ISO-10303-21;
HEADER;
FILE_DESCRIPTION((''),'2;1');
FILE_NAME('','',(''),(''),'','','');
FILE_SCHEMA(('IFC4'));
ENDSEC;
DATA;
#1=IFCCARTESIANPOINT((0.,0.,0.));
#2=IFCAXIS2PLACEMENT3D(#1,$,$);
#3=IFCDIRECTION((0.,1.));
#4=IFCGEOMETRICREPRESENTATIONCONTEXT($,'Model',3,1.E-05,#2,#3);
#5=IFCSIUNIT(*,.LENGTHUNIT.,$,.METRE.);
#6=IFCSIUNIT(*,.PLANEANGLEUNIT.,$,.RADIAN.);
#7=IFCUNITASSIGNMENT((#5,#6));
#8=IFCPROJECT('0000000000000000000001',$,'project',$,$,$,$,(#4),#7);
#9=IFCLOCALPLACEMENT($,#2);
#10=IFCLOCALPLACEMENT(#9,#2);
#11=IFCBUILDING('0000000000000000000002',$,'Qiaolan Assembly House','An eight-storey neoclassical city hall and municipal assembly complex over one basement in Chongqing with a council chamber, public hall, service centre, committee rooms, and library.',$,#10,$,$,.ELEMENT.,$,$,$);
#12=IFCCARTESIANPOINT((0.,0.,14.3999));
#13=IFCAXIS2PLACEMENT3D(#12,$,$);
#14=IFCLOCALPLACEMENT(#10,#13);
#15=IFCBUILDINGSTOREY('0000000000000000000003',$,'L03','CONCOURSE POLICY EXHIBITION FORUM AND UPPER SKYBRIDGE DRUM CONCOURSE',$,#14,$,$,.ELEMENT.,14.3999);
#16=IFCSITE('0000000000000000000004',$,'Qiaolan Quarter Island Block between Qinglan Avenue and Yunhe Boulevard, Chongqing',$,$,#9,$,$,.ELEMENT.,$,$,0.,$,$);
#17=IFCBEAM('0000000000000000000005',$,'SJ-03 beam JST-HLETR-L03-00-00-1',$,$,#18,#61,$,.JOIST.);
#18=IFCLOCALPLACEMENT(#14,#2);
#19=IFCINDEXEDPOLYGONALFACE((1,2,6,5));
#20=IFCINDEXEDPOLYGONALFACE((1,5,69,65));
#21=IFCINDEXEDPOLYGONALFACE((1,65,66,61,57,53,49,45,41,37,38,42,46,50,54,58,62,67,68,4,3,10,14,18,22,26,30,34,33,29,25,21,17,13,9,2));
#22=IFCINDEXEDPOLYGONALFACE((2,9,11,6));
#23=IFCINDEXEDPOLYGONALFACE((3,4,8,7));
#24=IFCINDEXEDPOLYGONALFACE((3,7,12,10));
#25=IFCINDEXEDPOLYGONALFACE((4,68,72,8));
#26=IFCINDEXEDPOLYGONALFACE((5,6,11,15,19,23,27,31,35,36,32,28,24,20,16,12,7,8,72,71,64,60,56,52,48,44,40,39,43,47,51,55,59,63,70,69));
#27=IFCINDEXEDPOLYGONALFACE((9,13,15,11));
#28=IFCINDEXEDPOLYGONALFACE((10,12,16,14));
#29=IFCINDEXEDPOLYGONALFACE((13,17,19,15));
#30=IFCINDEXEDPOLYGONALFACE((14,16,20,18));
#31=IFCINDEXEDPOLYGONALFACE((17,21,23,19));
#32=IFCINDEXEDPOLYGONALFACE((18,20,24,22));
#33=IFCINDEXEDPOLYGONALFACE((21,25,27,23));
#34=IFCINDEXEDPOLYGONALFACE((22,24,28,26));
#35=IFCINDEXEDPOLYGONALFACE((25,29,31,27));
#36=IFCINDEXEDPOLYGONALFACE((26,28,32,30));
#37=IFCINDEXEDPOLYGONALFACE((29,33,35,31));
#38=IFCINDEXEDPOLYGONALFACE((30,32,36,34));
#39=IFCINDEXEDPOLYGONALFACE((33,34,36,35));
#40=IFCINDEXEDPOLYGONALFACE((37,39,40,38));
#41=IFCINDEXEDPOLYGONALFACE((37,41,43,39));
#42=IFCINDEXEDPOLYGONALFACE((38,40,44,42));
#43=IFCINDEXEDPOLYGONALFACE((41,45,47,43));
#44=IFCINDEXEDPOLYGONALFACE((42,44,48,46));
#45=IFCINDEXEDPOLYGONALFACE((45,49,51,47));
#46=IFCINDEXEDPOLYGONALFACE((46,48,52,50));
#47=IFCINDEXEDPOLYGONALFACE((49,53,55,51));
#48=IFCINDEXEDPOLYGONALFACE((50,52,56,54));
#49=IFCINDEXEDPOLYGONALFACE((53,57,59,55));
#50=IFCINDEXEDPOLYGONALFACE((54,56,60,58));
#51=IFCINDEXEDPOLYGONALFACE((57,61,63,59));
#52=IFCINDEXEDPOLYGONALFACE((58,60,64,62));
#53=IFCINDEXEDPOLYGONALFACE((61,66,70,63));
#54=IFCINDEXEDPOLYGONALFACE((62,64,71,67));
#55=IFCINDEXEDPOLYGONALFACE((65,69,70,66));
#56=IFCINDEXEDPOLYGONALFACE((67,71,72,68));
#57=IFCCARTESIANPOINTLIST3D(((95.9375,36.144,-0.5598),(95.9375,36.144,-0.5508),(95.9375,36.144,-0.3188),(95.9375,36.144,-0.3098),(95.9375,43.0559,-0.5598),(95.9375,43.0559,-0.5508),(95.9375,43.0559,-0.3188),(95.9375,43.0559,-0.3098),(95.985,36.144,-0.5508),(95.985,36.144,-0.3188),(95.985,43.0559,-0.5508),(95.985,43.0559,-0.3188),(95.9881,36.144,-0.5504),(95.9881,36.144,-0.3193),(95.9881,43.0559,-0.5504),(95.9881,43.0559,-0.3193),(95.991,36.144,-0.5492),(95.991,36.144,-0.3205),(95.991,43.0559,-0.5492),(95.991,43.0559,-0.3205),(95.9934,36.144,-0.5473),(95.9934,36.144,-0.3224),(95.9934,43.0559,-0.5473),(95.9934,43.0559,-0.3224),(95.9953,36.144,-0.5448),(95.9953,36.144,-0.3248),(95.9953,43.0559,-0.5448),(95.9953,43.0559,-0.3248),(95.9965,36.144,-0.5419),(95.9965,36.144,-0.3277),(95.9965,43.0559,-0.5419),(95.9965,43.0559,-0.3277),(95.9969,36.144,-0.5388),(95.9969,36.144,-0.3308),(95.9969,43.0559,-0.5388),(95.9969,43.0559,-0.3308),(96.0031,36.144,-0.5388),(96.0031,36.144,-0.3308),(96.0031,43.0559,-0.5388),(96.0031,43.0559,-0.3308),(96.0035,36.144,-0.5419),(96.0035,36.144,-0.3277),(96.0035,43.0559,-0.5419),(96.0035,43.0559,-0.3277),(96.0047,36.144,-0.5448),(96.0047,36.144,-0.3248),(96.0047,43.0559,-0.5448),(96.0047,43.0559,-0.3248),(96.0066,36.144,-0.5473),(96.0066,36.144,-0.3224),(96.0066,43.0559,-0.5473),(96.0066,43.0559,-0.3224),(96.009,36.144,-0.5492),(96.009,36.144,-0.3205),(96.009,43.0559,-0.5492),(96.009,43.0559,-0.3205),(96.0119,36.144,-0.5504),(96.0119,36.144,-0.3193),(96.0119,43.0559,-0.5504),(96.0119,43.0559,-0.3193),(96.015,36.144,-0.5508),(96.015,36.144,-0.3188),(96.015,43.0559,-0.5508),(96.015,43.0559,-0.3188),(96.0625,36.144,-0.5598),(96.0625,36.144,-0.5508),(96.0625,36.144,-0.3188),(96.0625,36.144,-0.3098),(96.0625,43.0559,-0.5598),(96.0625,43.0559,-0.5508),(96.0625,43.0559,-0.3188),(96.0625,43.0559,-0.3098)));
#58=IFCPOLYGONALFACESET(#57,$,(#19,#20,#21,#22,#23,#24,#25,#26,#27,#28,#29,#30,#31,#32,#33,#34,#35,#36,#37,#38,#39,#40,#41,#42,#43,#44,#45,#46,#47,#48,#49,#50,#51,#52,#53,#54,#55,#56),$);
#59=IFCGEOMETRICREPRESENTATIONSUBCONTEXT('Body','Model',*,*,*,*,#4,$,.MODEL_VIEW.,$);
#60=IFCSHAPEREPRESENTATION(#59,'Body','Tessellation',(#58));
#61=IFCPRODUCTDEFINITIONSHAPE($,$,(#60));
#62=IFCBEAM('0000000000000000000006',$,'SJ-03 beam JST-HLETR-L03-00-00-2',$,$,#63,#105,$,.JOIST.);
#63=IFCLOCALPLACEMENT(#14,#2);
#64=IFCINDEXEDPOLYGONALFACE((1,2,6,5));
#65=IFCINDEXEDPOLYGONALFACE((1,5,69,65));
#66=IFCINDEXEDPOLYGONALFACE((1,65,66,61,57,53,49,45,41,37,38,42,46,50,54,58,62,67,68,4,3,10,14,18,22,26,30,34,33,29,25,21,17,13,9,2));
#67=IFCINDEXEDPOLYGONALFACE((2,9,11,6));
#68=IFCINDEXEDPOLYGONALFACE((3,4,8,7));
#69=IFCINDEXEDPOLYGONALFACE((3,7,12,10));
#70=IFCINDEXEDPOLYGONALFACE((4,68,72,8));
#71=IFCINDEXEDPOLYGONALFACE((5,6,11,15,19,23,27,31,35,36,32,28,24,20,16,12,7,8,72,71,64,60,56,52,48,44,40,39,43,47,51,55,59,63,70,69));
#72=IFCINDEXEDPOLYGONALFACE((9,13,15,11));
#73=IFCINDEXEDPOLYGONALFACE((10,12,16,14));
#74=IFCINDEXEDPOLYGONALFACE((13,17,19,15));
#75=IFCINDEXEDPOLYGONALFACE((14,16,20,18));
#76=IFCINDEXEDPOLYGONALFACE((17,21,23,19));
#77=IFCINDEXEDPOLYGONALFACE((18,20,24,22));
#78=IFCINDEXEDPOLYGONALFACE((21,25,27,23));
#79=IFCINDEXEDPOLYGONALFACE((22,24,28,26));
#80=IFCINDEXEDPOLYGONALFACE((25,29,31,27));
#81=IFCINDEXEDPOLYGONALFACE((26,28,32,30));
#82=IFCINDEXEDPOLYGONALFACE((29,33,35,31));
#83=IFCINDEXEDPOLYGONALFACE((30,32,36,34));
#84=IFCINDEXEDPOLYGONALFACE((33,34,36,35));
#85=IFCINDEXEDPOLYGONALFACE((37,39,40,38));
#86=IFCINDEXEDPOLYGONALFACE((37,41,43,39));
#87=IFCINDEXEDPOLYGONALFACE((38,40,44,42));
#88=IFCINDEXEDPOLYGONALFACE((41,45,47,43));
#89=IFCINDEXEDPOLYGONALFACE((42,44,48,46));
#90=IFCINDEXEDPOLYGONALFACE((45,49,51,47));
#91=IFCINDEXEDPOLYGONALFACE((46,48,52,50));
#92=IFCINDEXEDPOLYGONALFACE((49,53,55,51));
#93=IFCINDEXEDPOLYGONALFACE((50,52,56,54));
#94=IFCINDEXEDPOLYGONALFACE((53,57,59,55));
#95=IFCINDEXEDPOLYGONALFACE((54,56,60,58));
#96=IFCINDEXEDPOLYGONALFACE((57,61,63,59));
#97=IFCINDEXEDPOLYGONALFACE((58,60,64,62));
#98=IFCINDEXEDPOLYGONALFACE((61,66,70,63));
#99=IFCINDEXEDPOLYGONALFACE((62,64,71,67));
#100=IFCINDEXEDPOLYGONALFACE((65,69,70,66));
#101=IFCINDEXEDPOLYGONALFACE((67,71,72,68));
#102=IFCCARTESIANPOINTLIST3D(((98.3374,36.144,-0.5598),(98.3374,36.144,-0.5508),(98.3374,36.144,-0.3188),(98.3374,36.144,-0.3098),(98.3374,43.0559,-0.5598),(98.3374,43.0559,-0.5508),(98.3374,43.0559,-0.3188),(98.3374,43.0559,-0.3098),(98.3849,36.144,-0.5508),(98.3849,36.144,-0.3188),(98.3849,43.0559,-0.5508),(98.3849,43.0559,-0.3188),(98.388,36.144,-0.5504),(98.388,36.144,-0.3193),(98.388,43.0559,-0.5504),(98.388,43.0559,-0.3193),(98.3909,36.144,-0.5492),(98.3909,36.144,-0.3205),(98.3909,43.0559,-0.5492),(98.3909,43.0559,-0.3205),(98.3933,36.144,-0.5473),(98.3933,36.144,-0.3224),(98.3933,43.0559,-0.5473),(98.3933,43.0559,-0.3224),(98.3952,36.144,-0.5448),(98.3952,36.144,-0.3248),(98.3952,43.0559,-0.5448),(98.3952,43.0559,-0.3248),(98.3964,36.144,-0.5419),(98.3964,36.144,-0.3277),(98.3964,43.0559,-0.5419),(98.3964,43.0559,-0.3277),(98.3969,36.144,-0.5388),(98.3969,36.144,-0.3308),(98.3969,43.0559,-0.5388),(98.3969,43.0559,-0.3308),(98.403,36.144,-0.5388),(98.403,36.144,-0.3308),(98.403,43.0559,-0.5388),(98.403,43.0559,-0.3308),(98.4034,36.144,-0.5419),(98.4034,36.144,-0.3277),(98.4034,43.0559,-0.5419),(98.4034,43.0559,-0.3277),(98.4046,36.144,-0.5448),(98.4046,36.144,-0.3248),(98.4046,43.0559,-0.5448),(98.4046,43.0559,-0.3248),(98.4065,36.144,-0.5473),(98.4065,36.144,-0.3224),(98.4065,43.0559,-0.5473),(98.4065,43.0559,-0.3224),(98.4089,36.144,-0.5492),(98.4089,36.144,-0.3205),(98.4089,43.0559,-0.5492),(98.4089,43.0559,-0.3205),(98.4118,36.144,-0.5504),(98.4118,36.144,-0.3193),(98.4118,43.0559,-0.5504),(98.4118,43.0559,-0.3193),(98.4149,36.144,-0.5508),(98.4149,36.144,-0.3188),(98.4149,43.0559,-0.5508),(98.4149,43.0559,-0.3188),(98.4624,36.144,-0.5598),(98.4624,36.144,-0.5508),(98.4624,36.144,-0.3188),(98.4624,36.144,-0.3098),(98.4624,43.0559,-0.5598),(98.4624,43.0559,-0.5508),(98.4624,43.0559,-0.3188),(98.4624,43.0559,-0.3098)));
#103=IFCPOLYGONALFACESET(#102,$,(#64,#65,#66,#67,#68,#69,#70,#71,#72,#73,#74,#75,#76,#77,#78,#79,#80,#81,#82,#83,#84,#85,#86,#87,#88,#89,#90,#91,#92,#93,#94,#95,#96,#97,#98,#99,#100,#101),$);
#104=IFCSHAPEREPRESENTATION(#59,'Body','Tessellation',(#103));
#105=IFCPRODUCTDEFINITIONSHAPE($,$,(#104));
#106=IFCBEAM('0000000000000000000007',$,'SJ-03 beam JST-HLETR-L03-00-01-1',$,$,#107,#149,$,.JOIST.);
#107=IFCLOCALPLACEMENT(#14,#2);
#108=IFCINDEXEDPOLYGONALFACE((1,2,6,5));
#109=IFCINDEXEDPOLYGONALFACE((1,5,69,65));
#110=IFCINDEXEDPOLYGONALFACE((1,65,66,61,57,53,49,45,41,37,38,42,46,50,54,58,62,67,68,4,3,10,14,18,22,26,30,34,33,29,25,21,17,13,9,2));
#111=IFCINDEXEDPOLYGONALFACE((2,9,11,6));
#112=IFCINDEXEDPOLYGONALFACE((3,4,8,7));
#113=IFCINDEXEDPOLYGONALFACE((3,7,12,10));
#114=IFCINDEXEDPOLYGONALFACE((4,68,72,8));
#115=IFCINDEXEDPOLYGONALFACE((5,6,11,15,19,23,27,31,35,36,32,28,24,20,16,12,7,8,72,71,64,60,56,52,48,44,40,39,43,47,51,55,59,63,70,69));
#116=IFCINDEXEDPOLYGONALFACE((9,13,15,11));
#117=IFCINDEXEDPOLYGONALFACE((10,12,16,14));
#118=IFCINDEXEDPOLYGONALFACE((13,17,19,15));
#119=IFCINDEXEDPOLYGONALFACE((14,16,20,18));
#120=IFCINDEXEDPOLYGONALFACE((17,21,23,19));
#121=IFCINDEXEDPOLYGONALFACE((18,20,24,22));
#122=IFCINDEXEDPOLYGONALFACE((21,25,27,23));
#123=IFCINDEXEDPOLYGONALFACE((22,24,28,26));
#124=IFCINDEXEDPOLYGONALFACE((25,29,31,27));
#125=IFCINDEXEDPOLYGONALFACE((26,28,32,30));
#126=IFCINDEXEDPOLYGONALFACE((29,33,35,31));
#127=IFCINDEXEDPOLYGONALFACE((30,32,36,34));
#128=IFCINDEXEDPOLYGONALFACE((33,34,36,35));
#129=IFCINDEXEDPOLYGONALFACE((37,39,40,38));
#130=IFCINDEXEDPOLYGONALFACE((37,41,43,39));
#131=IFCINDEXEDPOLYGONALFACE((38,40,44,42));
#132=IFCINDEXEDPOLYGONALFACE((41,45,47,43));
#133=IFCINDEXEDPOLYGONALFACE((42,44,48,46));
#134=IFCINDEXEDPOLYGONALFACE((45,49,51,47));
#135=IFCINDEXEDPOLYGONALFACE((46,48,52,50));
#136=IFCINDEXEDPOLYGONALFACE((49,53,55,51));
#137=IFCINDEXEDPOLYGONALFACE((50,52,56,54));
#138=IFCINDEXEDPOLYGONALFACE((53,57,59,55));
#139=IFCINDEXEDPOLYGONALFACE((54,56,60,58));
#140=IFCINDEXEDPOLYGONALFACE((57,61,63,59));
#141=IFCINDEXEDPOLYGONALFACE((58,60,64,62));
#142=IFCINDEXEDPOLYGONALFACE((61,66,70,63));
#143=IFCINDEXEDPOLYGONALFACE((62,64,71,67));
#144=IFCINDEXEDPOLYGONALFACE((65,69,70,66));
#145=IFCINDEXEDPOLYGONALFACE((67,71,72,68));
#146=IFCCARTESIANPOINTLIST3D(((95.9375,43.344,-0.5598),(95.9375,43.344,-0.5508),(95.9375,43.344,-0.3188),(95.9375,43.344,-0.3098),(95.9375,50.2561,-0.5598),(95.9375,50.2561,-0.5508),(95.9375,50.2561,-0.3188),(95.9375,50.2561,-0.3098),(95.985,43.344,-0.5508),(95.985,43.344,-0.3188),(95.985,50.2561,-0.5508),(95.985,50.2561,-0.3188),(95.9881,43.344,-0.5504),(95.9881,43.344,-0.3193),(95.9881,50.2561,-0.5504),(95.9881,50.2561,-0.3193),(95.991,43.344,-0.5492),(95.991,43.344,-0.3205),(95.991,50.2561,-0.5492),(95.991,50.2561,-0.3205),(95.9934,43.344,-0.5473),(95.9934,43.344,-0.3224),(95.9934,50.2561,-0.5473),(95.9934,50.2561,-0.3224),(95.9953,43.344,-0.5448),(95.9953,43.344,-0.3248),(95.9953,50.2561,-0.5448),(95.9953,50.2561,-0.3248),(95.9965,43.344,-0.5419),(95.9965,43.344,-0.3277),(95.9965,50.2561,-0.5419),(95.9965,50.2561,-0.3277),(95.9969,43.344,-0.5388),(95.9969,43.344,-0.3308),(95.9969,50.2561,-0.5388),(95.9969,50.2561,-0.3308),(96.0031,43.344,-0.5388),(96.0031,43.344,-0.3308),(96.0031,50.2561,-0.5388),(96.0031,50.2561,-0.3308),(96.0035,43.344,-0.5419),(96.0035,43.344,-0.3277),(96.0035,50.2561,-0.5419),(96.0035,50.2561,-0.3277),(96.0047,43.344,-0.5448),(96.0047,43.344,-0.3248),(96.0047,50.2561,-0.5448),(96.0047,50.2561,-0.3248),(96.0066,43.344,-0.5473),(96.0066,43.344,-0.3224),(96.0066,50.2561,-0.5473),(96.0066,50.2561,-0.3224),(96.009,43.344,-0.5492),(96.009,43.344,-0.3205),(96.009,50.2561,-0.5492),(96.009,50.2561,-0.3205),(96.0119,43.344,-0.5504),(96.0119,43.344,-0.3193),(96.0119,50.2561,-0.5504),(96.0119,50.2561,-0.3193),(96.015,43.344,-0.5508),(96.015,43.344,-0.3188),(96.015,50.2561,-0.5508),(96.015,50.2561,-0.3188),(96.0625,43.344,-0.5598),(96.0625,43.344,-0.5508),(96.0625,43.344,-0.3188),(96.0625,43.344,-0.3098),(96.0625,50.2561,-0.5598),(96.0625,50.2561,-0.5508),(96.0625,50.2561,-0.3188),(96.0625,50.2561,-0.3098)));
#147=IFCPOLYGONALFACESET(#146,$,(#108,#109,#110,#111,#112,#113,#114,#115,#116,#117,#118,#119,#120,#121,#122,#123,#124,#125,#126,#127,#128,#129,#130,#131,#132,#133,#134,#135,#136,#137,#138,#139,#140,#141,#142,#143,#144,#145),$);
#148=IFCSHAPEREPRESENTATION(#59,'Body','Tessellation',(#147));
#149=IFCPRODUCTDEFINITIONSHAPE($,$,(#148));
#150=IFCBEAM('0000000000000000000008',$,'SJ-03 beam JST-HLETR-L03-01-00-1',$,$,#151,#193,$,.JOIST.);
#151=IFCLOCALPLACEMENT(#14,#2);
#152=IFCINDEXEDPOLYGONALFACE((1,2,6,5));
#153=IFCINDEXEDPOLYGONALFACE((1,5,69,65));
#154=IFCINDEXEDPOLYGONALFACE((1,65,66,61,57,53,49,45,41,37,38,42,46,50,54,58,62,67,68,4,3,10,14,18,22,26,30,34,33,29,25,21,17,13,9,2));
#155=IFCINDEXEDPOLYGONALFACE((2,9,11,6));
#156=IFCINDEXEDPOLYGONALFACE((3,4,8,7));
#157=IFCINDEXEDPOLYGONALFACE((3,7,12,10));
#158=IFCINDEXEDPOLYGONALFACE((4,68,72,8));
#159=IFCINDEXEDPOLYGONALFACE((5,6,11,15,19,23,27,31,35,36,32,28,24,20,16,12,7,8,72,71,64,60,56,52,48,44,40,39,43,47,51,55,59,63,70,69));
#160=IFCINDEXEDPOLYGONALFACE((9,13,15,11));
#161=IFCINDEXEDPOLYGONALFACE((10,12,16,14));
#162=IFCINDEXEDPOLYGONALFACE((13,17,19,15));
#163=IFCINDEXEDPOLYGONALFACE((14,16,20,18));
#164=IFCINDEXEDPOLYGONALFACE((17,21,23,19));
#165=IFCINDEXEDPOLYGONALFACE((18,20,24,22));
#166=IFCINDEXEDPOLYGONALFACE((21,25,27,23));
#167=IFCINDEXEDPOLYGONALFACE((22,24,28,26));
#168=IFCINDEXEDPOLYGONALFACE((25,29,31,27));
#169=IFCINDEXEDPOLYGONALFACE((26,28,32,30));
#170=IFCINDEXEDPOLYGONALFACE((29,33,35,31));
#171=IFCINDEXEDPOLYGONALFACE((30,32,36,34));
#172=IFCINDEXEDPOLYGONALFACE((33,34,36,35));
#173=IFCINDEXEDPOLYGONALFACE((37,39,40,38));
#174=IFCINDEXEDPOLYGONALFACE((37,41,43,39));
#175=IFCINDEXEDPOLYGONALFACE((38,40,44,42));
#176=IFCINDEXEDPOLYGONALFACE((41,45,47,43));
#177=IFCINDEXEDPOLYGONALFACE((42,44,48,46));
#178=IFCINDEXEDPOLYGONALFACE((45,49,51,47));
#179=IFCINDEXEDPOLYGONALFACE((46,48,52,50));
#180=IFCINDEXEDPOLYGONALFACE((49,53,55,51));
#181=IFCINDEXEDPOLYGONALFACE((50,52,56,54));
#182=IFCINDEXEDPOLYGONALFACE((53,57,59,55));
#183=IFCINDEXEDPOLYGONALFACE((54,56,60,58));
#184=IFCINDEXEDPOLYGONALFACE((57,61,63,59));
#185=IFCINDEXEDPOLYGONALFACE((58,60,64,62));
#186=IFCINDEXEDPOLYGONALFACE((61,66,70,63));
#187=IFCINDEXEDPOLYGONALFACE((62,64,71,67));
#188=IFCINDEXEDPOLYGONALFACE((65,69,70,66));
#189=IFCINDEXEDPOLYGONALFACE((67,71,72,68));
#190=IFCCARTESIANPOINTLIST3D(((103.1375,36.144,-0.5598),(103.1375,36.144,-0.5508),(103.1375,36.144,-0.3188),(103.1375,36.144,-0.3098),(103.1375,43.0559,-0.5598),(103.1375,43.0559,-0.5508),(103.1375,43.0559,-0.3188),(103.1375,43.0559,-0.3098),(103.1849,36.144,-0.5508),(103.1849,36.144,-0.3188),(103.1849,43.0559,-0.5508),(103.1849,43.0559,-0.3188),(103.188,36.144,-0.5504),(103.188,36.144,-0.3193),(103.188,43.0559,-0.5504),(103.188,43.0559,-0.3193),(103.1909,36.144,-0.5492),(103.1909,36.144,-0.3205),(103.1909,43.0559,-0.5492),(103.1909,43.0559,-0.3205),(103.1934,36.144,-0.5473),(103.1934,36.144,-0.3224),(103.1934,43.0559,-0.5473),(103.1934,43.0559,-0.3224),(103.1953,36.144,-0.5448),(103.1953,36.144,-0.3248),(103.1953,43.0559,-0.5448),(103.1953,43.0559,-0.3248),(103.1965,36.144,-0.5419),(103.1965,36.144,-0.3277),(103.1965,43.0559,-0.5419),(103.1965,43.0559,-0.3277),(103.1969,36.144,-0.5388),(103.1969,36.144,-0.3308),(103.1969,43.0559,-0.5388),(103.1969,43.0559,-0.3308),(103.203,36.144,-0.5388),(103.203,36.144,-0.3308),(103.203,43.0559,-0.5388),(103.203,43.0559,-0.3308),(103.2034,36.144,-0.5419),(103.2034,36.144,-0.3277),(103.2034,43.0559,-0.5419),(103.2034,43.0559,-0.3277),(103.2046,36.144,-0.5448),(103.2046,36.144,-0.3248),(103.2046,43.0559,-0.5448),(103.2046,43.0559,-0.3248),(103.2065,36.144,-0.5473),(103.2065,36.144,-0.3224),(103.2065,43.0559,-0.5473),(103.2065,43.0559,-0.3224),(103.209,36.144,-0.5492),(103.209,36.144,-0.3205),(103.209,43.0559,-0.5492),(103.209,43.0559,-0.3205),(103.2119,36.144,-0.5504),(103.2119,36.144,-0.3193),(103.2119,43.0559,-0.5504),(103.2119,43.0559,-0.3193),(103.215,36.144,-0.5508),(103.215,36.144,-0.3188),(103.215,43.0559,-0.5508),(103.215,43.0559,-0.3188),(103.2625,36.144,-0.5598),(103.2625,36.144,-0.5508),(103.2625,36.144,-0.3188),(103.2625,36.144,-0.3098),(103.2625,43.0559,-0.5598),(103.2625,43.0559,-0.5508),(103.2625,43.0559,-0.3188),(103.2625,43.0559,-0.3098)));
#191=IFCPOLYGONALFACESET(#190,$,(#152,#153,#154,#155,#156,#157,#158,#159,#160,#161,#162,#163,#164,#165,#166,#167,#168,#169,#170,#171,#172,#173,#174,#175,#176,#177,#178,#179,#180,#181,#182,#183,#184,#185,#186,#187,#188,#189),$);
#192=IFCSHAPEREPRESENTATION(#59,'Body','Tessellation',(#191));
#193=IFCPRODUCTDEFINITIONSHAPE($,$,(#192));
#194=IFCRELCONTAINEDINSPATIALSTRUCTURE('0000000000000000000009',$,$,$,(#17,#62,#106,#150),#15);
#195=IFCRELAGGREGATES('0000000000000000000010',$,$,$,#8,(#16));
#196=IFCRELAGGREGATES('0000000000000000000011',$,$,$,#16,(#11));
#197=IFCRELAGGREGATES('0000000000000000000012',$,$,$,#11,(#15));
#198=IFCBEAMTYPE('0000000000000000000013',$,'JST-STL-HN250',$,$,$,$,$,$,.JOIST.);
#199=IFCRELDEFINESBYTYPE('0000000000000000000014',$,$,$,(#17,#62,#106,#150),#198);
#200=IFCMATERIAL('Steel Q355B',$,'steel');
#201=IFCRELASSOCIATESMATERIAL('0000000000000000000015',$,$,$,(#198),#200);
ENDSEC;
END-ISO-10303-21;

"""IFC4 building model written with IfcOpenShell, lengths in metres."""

from ifc_helpers import new_model, si_unit, direction, frame, origin, origin_2d, place, context, subcontext, project, spatial, i_section, extrude, material, material_profile, profile_set, type_object, element, save


model = new_model("IFC4")

# Units and contexts
model_context = context("Model", 3, precision=1e-05, world=origin(), true_north=direction((0.0, 1.0)))
body_context = subcontext(model_context, "Body", "Model", "MODEL_VIEW")
ifc_project = project(units=[si_unit("LENGTHUNIT", "METRE"), si_unit("PLANEANGLEUNIT", "RADIAN")], contexts=[model_context])

# Site, building, storey
site_placement = place(None, origin())
site = spatial("IfcSite", under=ifc_project, at=site_placement, Name="Qiaolan Quarter Island Block between Qinglan Avenue and Yunhe Boulevard, Chongqing", CompositionType="ELEMENT", RefElevation=0.0)
building_placement = place(site_placement, origin())
building = spatial("IfcBuilding", under=site, at=building_placement, Name="Qiaolan Assembly House", Description="An eight-storey neoclassical city hall and municipal assembly complex over one basement in Chongqing with a council chamber, public hall, service centre, committee rooms, and library.", CompositionType="ELEMENT")
storey_placement = place(building_placement, frame((0.0, 0.0, 14.3999)))
storey = spatial("IfcBuildingStorey", under=building, at=storey_placement, Name="L03", Description="CONCOURSE POLICY EXHIBITION FORUM AND UPPER SKYBRIDGE DRUM CONCOURSE", CompositionType="ELEMENT", Elevation=14.3999)

# Shared definitions
ifc_material_1 = material(Name="Steel Q355B", Category="steel")

# Beams
ifc_material_profile_1 = material_profile(ifc_material_1, i_section(OverallWidth=0.125, OverallDepth=0.25, WebThickness=0.0061, FlangeThickness=0.009, FilletRadius=0.012, at=origin_2d()), Name="HN 250x125x6x9")
ifc_profile_set_1 = profile_set([ifc_material_profile_1], Name="Steel Q355B")
beam_type_1 = type_object("IfcBeamType", Name="JST-STL-HN250", PredefinedType="JOIST", material=ifc_profile_set_1)
for number, where, z_axis, x_axis, name in (
    (1, (96.0, 36.144, -0.4348), (0.0, 1.0, 0.0), (-1.0, 0.0, 0.0), "SJ-03 beam JST-HLETR-L03-00-00-1"),
    (2, (98.3999, 36.144, -0.4348), (0.0, 1.0, 0.0), (-1.0, 0.0, 0.0), "SJ-03 beam JST-HLETR-L03-00-00-2"),
):
    element("IfcBeam", number, at=place(storey_placement, frame(where, z_axis=z_axis, x_axis=x_axis)), inside=storey, type_object=beam_type_1, Name=name, PredefinedType="JOIST", context=body_context, shape_type="SweptSolid", body=[
        extrude(i_section(OverallWidth=0.125, OverallDepth=0.25, WebThickness=0.0061, FlangeThickness=0.009, FilletRadius=0.012, at=origin_2d()), origin(), (0.0, 0.0, 1.0), 6.9119),
    ])
beam_1_placement = place(storey_placement, frame((96.0, 43.344, -0.4348), z_axis=(0.0, 1.0, 0.0), x_axis=(-1.0, 0.0, 0.0)))
element("IfcBeam", 3, at=beam_1_placement, inside=storey, type_object=beam_type_1, Name="SJ-03 beam JST-HLETR-L03-00-01-1", PredefinedType="JOIST", context=body_context, shape_type="SweptSolid", body=[
    extrude(i_section(OverallWidth=0.125, OverallDepth=0.25, WebThickness=0.0061, FlangeThickness=0.009, FilletRadius=0.012, at=origin_2d()), origin(), (0.0, 0.0, 1.0), 6.9121),
])
for number, where, z_axis, x_axis, name in (
    (4, (103.2, 36.144, -0.4348), (0.0, 1.0, 0.0), (-1.0, 0.0, 0.0), "SJ-03 beam JST-HLETR-L03-01-00-1"),
):
    element("IfcBeam", number, at=place(storey_placement, frame(where, z_axis=z_axis, x_axis=x_axis)), inside=storey, type_object=beam_type_1, Name=name, PredefinedType="JOIST", context=body_context, shape_type="SweptSolid", body=[
        extrude(i_section(OverallWidth=0.125, OverallDepth=0.25, WebThickness=0.0061, FlangeThickness=0.009, FilletRadius=0.012, at=origin_2d()), origin(), (0.0, 0.0, 1.0), 6.9119),
    ])

save(model, "model.ifc")
